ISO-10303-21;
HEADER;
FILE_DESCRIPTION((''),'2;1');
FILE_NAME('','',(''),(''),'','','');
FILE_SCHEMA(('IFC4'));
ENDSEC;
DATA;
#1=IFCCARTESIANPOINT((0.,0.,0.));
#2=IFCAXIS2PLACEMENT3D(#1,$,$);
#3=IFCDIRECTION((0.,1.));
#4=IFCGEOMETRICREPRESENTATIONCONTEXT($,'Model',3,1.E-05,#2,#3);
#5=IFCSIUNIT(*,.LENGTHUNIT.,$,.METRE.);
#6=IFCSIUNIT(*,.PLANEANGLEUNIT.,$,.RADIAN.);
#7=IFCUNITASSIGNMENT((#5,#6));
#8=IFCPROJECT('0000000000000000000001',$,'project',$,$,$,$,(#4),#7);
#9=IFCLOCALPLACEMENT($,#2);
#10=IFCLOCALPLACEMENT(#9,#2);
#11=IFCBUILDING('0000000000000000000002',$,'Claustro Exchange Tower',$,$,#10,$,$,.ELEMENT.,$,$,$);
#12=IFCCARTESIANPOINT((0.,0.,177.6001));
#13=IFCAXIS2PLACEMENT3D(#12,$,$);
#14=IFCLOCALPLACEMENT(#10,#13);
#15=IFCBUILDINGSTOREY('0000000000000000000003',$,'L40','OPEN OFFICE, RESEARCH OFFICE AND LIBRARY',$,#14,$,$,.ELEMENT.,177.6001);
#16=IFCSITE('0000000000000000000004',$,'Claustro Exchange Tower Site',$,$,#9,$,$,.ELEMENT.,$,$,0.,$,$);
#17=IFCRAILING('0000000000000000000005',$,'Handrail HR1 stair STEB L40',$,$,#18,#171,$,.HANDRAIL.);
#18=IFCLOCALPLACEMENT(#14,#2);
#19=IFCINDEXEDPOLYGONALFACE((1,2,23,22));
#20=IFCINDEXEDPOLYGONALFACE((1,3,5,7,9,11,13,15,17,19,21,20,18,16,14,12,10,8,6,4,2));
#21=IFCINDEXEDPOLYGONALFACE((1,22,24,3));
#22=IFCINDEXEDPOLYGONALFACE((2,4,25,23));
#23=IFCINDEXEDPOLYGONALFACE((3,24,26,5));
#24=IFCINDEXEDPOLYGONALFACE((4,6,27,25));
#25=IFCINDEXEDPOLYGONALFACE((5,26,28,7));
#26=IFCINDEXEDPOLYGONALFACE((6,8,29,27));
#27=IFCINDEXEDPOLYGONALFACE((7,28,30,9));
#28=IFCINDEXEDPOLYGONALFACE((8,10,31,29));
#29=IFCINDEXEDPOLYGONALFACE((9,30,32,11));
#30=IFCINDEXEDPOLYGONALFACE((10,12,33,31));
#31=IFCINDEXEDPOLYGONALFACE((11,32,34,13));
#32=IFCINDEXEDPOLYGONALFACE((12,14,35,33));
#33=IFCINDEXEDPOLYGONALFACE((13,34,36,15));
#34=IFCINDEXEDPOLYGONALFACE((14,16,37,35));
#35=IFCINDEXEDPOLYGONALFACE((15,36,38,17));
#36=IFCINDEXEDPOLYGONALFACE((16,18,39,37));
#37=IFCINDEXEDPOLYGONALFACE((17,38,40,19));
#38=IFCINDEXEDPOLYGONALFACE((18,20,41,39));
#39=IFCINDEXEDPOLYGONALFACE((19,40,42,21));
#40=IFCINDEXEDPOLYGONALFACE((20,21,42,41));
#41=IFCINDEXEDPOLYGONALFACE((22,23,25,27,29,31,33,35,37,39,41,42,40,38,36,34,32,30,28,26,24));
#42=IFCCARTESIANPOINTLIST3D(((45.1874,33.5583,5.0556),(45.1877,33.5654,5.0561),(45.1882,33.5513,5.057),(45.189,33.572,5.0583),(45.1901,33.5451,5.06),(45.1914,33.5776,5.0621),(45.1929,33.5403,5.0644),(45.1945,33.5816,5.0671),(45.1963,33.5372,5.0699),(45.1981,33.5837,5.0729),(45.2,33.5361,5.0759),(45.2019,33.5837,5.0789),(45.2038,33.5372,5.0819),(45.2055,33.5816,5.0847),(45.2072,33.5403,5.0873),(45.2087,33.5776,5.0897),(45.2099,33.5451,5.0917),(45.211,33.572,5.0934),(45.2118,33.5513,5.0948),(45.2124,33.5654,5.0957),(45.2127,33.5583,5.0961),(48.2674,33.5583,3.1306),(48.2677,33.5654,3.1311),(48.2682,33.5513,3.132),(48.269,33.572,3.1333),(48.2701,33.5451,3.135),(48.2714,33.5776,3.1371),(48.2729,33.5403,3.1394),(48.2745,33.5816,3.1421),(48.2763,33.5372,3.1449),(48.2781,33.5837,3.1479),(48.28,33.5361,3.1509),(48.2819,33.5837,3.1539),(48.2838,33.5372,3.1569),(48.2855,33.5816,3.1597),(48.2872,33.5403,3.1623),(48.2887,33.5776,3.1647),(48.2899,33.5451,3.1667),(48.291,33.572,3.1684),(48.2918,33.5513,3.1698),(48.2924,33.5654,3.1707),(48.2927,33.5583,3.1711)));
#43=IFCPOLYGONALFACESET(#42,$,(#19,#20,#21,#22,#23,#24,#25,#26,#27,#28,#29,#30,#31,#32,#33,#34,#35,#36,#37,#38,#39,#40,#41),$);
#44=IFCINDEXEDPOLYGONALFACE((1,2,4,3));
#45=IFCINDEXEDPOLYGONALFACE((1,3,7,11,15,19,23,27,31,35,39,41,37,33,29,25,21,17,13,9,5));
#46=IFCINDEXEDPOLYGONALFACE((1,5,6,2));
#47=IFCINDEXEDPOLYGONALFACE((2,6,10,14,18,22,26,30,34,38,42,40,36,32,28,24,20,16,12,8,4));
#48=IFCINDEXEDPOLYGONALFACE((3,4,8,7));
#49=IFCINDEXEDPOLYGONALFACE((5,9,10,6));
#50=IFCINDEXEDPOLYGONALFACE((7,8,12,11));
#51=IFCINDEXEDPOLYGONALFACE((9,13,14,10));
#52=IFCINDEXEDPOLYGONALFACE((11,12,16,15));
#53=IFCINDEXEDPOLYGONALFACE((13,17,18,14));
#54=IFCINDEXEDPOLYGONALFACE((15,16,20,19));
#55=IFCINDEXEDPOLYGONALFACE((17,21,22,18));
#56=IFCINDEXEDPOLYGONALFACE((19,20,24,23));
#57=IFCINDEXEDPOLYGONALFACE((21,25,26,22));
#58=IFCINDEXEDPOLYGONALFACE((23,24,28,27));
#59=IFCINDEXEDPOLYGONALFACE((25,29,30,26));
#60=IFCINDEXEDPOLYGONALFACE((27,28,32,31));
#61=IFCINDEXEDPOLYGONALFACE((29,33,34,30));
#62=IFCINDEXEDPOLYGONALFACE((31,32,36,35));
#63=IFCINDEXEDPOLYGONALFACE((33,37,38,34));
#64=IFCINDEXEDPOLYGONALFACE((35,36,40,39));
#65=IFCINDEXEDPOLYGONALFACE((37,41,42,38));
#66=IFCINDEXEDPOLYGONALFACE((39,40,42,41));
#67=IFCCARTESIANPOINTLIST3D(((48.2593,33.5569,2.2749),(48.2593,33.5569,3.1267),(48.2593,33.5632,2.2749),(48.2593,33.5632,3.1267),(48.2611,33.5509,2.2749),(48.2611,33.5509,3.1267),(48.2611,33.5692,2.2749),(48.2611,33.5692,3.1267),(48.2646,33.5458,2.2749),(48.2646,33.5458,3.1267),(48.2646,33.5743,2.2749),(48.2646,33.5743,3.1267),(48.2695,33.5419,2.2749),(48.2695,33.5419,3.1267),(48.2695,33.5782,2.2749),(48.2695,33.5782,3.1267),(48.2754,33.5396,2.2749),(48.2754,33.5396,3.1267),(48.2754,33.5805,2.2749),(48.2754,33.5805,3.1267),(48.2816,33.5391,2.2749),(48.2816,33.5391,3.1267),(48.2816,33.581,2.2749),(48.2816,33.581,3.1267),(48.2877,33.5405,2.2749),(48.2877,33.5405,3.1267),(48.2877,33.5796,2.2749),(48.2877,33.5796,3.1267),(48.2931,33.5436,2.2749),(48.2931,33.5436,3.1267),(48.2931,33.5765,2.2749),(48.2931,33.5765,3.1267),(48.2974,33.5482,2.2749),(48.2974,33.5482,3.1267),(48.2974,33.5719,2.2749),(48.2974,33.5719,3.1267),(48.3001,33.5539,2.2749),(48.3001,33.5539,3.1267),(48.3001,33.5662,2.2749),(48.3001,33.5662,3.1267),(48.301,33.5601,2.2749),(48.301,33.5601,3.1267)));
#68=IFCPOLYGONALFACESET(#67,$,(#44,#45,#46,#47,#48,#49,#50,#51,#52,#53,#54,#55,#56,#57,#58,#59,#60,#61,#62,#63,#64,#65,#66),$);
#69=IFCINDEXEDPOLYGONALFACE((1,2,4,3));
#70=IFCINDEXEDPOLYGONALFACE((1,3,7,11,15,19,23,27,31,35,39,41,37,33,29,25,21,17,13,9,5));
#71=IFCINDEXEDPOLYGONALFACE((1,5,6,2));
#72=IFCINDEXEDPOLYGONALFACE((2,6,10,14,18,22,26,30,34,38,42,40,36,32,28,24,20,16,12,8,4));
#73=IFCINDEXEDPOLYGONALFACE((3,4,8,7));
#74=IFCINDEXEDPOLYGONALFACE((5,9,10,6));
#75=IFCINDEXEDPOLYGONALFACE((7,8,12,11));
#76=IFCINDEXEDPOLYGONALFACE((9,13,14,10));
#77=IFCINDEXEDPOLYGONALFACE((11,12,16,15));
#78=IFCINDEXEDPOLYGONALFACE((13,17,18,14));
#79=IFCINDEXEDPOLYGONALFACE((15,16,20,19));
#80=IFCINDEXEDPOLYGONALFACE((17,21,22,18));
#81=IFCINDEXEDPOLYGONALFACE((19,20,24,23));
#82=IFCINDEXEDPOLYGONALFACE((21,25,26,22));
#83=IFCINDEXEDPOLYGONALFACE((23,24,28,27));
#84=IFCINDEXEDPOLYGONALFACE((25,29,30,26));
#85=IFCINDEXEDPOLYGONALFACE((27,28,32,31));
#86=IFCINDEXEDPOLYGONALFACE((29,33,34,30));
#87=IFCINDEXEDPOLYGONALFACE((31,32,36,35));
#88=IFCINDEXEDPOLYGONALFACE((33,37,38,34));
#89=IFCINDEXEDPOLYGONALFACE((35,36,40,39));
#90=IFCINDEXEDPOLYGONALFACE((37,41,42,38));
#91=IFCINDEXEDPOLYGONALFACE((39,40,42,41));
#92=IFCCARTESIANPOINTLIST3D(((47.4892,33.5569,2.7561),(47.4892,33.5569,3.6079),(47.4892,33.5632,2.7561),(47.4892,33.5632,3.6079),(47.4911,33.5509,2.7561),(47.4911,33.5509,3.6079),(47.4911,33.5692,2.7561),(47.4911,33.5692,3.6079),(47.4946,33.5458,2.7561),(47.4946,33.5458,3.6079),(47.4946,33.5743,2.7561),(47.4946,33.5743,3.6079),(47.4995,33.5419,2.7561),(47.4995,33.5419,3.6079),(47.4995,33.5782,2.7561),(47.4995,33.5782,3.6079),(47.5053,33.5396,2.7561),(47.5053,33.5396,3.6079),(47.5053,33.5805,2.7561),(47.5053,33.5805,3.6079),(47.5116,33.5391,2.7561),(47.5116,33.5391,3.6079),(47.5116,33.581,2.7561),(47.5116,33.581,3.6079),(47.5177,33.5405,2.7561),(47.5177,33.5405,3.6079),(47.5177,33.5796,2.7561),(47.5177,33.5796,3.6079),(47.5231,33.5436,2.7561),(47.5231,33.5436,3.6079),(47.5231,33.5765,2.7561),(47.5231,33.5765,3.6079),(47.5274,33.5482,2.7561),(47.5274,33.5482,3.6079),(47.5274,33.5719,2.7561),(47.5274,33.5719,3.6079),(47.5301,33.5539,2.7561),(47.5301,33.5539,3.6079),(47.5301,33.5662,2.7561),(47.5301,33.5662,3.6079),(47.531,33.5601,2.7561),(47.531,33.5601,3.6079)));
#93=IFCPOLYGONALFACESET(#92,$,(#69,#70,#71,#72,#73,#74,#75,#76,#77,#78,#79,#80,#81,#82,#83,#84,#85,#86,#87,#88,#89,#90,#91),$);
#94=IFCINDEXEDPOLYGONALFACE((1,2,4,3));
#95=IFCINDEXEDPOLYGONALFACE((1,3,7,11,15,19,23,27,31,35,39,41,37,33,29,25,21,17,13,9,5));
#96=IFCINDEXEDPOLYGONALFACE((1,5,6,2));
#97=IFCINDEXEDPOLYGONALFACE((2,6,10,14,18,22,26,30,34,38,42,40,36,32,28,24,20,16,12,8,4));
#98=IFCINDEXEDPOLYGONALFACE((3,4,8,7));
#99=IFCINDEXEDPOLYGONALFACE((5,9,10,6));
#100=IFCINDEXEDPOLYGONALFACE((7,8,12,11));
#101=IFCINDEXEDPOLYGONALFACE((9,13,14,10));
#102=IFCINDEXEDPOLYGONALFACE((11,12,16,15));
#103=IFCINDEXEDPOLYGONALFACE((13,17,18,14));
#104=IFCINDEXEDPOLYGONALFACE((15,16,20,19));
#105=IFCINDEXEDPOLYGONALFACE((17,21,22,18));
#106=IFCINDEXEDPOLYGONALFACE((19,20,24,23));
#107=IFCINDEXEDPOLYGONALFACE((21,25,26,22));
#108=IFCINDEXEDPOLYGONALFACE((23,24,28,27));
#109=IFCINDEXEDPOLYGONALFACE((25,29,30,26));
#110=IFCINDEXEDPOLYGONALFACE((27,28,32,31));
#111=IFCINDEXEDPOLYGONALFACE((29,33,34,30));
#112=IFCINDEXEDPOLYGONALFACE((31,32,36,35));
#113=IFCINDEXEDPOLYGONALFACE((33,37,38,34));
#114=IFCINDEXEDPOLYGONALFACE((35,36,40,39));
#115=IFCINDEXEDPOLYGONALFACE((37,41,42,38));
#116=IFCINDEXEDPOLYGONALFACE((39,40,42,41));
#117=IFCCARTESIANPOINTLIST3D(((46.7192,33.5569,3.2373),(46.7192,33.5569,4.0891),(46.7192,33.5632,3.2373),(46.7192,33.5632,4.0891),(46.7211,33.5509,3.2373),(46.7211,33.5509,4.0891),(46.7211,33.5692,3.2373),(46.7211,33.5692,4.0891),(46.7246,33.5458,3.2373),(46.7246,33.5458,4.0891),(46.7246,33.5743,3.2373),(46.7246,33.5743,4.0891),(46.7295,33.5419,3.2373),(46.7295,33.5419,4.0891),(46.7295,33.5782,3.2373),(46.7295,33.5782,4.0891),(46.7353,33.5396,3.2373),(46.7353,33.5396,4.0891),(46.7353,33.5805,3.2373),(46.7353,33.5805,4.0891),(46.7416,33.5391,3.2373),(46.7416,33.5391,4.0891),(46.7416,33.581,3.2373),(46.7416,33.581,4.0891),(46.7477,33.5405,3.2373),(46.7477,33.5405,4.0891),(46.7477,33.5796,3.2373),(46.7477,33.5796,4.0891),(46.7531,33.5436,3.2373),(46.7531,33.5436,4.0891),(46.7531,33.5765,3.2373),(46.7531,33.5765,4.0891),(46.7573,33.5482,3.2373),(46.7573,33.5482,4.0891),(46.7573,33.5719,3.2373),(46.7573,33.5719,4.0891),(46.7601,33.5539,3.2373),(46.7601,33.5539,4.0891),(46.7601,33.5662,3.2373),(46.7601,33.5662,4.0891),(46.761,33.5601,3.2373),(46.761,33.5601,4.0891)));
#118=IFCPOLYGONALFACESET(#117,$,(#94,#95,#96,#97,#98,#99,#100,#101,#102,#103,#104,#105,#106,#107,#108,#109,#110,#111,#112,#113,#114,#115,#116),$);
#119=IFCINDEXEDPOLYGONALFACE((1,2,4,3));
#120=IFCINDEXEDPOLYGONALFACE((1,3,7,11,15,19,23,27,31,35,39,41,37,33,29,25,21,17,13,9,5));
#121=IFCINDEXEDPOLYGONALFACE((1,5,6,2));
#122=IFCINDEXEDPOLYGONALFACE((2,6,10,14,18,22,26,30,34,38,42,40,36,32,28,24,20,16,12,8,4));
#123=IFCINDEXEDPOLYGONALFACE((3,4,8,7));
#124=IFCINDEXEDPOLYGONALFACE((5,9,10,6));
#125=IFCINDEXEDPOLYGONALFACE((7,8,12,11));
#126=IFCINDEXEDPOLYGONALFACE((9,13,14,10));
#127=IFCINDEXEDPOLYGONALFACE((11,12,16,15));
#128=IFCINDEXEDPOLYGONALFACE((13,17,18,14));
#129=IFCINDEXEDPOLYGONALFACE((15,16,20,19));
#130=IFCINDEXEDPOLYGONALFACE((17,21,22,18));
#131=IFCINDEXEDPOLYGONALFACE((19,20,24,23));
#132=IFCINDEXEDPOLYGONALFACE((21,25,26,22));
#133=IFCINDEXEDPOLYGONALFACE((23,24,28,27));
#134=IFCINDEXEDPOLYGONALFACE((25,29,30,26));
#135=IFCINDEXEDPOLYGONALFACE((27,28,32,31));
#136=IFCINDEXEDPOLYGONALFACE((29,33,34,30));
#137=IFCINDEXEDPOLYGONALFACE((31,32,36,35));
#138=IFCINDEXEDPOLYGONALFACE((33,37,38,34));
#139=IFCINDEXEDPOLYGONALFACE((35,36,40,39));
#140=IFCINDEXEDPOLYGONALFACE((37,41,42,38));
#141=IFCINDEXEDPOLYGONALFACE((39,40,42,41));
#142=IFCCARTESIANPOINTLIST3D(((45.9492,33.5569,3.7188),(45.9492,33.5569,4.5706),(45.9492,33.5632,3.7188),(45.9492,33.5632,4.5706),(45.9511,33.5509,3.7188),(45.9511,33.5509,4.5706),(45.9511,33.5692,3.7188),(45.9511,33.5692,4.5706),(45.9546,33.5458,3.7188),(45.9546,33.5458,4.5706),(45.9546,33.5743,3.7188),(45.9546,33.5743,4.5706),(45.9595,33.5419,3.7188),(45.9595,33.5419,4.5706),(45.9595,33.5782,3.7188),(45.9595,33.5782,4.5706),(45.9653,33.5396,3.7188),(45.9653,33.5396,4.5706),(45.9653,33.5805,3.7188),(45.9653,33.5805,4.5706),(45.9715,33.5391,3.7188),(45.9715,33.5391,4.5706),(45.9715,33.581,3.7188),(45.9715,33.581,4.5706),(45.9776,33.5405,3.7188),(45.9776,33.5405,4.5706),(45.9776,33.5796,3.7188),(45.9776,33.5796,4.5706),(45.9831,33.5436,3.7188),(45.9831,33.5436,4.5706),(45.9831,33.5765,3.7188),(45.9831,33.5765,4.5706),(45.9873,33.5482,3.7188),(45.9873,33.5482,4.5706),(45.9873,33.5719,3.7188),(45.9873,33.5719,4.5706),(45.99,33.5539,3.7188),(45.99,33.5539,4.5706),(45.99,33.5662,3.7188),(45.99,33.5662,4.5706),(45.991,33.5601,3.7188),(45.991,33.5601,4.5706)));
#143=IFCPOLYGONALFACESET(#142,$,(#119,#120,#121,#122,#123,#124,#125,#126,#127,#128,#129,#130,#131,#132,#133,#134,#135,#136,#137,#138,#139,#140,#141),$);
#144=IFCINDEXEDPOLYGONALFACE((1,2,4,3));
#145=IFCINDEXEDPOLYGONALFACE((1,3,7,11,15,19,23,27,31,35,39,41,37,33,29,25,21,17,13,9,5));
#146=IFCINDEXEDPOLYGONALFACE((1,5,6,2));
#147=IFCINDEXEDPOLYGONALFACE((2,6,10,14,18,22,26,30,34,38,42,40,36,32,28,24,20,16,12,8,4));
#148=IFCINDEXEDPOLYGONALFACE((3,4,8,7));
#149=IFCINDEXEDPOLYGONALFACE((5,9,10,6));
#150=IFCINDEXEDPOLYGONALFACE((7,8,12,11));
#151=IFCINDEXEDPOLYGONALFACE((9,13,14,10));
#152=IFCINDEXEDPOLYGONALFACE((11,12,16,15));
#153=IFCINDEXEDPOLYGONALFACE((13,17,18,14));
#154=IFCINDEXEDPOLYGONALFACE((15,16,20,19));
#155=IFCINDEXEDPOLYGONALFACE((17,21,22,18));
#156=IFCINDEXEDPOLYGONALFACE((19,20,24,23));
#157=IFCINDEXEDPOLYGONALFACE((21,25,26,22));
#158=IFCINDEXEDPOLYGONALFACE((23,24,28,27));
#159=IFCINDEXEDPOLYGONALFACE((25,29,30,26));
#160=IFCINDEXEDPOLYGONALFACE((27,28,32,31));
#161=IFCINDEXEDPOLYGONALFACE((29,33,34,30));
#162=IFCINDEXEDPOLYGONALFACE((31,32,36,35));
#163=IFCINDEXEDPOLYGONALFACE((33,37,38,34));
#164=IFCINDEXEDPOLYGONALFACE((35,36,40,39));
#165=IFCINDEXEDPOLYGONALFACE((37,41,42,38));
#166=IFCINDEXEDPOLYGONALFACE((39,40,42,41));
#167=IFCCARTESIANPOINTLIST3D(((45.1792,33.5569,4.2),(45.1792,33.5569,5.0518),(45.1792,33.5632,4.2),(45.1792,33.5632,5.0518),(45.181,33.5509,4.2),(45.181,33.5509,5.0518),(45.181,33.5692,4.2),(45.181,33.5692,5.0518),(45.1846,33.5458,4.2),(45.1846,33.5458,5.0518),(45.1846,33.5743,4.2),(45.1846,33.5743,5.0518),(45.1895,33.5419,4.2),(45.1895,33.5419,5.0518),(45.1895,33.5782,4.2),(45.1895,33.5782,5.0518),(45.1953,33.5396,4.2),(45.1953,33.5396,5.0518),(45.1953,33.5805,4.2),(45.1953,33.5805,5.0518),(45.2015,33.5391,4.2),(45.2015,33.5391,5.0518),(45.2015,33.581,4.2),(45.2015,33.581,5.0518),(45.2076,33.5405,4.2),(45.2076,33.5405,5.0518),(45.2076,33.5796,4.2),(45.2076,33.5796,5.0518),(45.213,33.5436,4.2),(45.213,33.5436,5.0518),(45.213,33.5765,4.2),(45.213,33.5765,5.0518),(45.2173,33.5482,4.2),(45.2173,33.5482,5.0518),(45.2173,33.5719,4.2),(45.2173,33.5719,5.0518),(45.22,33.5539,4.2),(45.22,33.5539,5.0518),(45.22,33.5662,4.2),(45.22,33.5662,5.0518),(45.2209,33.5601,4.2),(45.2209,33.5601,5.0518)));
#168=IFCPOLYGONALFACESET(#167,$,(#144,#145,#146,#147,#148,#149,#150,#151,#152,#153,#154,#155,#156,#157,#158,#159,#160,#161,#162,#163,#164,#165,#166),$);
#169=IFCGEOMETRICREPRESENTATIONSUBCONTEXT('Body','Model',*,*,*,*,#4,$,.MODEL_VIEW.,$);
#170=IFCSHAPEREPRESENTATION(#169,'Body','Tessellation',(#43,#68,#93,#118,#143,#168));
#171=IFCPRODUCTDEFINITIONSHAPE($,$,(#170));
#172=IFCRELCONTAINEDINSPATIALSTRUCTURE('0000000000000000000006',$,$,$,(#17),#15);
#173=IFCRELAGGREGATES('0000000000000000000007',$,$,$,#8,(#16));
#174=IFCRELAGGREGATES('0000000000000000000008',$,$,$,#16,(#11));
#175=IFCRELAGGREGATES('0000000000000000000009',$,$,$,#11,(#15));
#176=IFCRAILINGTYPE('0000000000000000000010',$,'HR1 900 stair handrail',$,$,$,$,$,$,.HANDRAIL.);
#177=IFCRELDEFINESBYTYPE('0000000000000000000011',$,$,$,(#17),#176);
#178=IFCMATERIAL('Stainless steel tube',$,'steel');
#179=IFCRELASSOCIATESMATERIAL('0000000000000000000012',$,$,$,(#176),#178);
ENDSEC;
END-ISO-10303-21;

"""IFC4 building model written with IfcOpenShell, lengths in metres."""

from ifc_helpers import new_model, si_unit, direction, frame, origin, origin_2d, place, context, subcontext, project, spatial, circle, extrude, material, type_object, element, save


model = new_model("IFC4")

# Units and contexts
model_context = context("Model", 3, precision=1e-05, world=origin(), true_north=direction((0.0, 1.0)))
body_context = subcontext(model_context, "Body", "Model", "MODEL_VIEW")
ifc_project = project(units=[si_unit("LENGTHUNIT", "METRE"), si_unit("PLANEANGLEUNIT", "RADIAN")], contexts=[model_context])

# Site, building, storey
site_placement = place(None, origin())
site = spatial("IfcSite", under=ifc_project, at=site_placement, Name="Claustro Exchange Tower Site", CompositionType="ELEMENT", RefElevation=0.0)
building_placement = place(site_placement, origin())
building = spatial("IfcBuilding", under=site, at=building_placement, Name="Claustro Exchange Tower", CompositionType="ELEMENT")
storey_placement = place(building_placement, frame((0.0, 0.0, 177.6001)))
storey = spatial("IfcBuildingStorey", under=building, at=storey_placement, Name="L40", Description="OPEN OFFICE, RESEARCH OFFICE AND LIBRARY", CompositionType="ELEMENT", Elevation=177.6001)

# Railing
ifc_material_1 = material(Name="Stainless steel tube", Category="steel")
railing_type_1 = type_object("IfcRailingType", Name="HR1 900 stair handrail", PredefinedType="HANDRAIL", material=ifc_material_1)
railing_1_placement = place(storey_placement, frame((48.28, 33.5601, 2.2749)))
element("IfcRailing", 1, at=railing_1_placement, inside=storey, type_object=railing_type_1, Name="Handrail HR1 stair STEB L40", PredefinedType="HANDRAIL", context=body_context, shape_type="SweptSolid", body=[
    extrude(circle(Radius=0.0239, at=origin_2d()), frame((0.0, 0.0, 0.876), z_axis=(-0.847998, 0.0, 0.529999), x_axis=(0.0, -1.0, 0.0)), (0.0, 0.0, 1.0), 3.6321),
    extrude(circle(Radius=0.021, at=origin_2d()), origin(), (0.0, 0.0, 1.0), 0.8518),
    extrude(circle(Radius=0.021, at=origin_2d()), frame((-0.77, 0.0, 0.4812)), (0.0, 0.0, 1.0), 0.8518),
    extrude(circle(Radius=0.021, at=origin_2d()), frame((-1.54, 0.0, 0.9624)), (0.0, 0.0, 1.0), 0.8518),
    extrude(circle(Radius=0.021, at=origin_2d()), frame((-2.3101, 0.0, 1.4438)), (0.0, 0.0, 1.0), 0.8518),
    extrude(circle(Radius=0.021, at=origin_2d()), frame((-3.0801, 0.0, 1.925)), (0.0, 0.0, 1.0), 0.8518),
])

save(model, "model.ifc")
